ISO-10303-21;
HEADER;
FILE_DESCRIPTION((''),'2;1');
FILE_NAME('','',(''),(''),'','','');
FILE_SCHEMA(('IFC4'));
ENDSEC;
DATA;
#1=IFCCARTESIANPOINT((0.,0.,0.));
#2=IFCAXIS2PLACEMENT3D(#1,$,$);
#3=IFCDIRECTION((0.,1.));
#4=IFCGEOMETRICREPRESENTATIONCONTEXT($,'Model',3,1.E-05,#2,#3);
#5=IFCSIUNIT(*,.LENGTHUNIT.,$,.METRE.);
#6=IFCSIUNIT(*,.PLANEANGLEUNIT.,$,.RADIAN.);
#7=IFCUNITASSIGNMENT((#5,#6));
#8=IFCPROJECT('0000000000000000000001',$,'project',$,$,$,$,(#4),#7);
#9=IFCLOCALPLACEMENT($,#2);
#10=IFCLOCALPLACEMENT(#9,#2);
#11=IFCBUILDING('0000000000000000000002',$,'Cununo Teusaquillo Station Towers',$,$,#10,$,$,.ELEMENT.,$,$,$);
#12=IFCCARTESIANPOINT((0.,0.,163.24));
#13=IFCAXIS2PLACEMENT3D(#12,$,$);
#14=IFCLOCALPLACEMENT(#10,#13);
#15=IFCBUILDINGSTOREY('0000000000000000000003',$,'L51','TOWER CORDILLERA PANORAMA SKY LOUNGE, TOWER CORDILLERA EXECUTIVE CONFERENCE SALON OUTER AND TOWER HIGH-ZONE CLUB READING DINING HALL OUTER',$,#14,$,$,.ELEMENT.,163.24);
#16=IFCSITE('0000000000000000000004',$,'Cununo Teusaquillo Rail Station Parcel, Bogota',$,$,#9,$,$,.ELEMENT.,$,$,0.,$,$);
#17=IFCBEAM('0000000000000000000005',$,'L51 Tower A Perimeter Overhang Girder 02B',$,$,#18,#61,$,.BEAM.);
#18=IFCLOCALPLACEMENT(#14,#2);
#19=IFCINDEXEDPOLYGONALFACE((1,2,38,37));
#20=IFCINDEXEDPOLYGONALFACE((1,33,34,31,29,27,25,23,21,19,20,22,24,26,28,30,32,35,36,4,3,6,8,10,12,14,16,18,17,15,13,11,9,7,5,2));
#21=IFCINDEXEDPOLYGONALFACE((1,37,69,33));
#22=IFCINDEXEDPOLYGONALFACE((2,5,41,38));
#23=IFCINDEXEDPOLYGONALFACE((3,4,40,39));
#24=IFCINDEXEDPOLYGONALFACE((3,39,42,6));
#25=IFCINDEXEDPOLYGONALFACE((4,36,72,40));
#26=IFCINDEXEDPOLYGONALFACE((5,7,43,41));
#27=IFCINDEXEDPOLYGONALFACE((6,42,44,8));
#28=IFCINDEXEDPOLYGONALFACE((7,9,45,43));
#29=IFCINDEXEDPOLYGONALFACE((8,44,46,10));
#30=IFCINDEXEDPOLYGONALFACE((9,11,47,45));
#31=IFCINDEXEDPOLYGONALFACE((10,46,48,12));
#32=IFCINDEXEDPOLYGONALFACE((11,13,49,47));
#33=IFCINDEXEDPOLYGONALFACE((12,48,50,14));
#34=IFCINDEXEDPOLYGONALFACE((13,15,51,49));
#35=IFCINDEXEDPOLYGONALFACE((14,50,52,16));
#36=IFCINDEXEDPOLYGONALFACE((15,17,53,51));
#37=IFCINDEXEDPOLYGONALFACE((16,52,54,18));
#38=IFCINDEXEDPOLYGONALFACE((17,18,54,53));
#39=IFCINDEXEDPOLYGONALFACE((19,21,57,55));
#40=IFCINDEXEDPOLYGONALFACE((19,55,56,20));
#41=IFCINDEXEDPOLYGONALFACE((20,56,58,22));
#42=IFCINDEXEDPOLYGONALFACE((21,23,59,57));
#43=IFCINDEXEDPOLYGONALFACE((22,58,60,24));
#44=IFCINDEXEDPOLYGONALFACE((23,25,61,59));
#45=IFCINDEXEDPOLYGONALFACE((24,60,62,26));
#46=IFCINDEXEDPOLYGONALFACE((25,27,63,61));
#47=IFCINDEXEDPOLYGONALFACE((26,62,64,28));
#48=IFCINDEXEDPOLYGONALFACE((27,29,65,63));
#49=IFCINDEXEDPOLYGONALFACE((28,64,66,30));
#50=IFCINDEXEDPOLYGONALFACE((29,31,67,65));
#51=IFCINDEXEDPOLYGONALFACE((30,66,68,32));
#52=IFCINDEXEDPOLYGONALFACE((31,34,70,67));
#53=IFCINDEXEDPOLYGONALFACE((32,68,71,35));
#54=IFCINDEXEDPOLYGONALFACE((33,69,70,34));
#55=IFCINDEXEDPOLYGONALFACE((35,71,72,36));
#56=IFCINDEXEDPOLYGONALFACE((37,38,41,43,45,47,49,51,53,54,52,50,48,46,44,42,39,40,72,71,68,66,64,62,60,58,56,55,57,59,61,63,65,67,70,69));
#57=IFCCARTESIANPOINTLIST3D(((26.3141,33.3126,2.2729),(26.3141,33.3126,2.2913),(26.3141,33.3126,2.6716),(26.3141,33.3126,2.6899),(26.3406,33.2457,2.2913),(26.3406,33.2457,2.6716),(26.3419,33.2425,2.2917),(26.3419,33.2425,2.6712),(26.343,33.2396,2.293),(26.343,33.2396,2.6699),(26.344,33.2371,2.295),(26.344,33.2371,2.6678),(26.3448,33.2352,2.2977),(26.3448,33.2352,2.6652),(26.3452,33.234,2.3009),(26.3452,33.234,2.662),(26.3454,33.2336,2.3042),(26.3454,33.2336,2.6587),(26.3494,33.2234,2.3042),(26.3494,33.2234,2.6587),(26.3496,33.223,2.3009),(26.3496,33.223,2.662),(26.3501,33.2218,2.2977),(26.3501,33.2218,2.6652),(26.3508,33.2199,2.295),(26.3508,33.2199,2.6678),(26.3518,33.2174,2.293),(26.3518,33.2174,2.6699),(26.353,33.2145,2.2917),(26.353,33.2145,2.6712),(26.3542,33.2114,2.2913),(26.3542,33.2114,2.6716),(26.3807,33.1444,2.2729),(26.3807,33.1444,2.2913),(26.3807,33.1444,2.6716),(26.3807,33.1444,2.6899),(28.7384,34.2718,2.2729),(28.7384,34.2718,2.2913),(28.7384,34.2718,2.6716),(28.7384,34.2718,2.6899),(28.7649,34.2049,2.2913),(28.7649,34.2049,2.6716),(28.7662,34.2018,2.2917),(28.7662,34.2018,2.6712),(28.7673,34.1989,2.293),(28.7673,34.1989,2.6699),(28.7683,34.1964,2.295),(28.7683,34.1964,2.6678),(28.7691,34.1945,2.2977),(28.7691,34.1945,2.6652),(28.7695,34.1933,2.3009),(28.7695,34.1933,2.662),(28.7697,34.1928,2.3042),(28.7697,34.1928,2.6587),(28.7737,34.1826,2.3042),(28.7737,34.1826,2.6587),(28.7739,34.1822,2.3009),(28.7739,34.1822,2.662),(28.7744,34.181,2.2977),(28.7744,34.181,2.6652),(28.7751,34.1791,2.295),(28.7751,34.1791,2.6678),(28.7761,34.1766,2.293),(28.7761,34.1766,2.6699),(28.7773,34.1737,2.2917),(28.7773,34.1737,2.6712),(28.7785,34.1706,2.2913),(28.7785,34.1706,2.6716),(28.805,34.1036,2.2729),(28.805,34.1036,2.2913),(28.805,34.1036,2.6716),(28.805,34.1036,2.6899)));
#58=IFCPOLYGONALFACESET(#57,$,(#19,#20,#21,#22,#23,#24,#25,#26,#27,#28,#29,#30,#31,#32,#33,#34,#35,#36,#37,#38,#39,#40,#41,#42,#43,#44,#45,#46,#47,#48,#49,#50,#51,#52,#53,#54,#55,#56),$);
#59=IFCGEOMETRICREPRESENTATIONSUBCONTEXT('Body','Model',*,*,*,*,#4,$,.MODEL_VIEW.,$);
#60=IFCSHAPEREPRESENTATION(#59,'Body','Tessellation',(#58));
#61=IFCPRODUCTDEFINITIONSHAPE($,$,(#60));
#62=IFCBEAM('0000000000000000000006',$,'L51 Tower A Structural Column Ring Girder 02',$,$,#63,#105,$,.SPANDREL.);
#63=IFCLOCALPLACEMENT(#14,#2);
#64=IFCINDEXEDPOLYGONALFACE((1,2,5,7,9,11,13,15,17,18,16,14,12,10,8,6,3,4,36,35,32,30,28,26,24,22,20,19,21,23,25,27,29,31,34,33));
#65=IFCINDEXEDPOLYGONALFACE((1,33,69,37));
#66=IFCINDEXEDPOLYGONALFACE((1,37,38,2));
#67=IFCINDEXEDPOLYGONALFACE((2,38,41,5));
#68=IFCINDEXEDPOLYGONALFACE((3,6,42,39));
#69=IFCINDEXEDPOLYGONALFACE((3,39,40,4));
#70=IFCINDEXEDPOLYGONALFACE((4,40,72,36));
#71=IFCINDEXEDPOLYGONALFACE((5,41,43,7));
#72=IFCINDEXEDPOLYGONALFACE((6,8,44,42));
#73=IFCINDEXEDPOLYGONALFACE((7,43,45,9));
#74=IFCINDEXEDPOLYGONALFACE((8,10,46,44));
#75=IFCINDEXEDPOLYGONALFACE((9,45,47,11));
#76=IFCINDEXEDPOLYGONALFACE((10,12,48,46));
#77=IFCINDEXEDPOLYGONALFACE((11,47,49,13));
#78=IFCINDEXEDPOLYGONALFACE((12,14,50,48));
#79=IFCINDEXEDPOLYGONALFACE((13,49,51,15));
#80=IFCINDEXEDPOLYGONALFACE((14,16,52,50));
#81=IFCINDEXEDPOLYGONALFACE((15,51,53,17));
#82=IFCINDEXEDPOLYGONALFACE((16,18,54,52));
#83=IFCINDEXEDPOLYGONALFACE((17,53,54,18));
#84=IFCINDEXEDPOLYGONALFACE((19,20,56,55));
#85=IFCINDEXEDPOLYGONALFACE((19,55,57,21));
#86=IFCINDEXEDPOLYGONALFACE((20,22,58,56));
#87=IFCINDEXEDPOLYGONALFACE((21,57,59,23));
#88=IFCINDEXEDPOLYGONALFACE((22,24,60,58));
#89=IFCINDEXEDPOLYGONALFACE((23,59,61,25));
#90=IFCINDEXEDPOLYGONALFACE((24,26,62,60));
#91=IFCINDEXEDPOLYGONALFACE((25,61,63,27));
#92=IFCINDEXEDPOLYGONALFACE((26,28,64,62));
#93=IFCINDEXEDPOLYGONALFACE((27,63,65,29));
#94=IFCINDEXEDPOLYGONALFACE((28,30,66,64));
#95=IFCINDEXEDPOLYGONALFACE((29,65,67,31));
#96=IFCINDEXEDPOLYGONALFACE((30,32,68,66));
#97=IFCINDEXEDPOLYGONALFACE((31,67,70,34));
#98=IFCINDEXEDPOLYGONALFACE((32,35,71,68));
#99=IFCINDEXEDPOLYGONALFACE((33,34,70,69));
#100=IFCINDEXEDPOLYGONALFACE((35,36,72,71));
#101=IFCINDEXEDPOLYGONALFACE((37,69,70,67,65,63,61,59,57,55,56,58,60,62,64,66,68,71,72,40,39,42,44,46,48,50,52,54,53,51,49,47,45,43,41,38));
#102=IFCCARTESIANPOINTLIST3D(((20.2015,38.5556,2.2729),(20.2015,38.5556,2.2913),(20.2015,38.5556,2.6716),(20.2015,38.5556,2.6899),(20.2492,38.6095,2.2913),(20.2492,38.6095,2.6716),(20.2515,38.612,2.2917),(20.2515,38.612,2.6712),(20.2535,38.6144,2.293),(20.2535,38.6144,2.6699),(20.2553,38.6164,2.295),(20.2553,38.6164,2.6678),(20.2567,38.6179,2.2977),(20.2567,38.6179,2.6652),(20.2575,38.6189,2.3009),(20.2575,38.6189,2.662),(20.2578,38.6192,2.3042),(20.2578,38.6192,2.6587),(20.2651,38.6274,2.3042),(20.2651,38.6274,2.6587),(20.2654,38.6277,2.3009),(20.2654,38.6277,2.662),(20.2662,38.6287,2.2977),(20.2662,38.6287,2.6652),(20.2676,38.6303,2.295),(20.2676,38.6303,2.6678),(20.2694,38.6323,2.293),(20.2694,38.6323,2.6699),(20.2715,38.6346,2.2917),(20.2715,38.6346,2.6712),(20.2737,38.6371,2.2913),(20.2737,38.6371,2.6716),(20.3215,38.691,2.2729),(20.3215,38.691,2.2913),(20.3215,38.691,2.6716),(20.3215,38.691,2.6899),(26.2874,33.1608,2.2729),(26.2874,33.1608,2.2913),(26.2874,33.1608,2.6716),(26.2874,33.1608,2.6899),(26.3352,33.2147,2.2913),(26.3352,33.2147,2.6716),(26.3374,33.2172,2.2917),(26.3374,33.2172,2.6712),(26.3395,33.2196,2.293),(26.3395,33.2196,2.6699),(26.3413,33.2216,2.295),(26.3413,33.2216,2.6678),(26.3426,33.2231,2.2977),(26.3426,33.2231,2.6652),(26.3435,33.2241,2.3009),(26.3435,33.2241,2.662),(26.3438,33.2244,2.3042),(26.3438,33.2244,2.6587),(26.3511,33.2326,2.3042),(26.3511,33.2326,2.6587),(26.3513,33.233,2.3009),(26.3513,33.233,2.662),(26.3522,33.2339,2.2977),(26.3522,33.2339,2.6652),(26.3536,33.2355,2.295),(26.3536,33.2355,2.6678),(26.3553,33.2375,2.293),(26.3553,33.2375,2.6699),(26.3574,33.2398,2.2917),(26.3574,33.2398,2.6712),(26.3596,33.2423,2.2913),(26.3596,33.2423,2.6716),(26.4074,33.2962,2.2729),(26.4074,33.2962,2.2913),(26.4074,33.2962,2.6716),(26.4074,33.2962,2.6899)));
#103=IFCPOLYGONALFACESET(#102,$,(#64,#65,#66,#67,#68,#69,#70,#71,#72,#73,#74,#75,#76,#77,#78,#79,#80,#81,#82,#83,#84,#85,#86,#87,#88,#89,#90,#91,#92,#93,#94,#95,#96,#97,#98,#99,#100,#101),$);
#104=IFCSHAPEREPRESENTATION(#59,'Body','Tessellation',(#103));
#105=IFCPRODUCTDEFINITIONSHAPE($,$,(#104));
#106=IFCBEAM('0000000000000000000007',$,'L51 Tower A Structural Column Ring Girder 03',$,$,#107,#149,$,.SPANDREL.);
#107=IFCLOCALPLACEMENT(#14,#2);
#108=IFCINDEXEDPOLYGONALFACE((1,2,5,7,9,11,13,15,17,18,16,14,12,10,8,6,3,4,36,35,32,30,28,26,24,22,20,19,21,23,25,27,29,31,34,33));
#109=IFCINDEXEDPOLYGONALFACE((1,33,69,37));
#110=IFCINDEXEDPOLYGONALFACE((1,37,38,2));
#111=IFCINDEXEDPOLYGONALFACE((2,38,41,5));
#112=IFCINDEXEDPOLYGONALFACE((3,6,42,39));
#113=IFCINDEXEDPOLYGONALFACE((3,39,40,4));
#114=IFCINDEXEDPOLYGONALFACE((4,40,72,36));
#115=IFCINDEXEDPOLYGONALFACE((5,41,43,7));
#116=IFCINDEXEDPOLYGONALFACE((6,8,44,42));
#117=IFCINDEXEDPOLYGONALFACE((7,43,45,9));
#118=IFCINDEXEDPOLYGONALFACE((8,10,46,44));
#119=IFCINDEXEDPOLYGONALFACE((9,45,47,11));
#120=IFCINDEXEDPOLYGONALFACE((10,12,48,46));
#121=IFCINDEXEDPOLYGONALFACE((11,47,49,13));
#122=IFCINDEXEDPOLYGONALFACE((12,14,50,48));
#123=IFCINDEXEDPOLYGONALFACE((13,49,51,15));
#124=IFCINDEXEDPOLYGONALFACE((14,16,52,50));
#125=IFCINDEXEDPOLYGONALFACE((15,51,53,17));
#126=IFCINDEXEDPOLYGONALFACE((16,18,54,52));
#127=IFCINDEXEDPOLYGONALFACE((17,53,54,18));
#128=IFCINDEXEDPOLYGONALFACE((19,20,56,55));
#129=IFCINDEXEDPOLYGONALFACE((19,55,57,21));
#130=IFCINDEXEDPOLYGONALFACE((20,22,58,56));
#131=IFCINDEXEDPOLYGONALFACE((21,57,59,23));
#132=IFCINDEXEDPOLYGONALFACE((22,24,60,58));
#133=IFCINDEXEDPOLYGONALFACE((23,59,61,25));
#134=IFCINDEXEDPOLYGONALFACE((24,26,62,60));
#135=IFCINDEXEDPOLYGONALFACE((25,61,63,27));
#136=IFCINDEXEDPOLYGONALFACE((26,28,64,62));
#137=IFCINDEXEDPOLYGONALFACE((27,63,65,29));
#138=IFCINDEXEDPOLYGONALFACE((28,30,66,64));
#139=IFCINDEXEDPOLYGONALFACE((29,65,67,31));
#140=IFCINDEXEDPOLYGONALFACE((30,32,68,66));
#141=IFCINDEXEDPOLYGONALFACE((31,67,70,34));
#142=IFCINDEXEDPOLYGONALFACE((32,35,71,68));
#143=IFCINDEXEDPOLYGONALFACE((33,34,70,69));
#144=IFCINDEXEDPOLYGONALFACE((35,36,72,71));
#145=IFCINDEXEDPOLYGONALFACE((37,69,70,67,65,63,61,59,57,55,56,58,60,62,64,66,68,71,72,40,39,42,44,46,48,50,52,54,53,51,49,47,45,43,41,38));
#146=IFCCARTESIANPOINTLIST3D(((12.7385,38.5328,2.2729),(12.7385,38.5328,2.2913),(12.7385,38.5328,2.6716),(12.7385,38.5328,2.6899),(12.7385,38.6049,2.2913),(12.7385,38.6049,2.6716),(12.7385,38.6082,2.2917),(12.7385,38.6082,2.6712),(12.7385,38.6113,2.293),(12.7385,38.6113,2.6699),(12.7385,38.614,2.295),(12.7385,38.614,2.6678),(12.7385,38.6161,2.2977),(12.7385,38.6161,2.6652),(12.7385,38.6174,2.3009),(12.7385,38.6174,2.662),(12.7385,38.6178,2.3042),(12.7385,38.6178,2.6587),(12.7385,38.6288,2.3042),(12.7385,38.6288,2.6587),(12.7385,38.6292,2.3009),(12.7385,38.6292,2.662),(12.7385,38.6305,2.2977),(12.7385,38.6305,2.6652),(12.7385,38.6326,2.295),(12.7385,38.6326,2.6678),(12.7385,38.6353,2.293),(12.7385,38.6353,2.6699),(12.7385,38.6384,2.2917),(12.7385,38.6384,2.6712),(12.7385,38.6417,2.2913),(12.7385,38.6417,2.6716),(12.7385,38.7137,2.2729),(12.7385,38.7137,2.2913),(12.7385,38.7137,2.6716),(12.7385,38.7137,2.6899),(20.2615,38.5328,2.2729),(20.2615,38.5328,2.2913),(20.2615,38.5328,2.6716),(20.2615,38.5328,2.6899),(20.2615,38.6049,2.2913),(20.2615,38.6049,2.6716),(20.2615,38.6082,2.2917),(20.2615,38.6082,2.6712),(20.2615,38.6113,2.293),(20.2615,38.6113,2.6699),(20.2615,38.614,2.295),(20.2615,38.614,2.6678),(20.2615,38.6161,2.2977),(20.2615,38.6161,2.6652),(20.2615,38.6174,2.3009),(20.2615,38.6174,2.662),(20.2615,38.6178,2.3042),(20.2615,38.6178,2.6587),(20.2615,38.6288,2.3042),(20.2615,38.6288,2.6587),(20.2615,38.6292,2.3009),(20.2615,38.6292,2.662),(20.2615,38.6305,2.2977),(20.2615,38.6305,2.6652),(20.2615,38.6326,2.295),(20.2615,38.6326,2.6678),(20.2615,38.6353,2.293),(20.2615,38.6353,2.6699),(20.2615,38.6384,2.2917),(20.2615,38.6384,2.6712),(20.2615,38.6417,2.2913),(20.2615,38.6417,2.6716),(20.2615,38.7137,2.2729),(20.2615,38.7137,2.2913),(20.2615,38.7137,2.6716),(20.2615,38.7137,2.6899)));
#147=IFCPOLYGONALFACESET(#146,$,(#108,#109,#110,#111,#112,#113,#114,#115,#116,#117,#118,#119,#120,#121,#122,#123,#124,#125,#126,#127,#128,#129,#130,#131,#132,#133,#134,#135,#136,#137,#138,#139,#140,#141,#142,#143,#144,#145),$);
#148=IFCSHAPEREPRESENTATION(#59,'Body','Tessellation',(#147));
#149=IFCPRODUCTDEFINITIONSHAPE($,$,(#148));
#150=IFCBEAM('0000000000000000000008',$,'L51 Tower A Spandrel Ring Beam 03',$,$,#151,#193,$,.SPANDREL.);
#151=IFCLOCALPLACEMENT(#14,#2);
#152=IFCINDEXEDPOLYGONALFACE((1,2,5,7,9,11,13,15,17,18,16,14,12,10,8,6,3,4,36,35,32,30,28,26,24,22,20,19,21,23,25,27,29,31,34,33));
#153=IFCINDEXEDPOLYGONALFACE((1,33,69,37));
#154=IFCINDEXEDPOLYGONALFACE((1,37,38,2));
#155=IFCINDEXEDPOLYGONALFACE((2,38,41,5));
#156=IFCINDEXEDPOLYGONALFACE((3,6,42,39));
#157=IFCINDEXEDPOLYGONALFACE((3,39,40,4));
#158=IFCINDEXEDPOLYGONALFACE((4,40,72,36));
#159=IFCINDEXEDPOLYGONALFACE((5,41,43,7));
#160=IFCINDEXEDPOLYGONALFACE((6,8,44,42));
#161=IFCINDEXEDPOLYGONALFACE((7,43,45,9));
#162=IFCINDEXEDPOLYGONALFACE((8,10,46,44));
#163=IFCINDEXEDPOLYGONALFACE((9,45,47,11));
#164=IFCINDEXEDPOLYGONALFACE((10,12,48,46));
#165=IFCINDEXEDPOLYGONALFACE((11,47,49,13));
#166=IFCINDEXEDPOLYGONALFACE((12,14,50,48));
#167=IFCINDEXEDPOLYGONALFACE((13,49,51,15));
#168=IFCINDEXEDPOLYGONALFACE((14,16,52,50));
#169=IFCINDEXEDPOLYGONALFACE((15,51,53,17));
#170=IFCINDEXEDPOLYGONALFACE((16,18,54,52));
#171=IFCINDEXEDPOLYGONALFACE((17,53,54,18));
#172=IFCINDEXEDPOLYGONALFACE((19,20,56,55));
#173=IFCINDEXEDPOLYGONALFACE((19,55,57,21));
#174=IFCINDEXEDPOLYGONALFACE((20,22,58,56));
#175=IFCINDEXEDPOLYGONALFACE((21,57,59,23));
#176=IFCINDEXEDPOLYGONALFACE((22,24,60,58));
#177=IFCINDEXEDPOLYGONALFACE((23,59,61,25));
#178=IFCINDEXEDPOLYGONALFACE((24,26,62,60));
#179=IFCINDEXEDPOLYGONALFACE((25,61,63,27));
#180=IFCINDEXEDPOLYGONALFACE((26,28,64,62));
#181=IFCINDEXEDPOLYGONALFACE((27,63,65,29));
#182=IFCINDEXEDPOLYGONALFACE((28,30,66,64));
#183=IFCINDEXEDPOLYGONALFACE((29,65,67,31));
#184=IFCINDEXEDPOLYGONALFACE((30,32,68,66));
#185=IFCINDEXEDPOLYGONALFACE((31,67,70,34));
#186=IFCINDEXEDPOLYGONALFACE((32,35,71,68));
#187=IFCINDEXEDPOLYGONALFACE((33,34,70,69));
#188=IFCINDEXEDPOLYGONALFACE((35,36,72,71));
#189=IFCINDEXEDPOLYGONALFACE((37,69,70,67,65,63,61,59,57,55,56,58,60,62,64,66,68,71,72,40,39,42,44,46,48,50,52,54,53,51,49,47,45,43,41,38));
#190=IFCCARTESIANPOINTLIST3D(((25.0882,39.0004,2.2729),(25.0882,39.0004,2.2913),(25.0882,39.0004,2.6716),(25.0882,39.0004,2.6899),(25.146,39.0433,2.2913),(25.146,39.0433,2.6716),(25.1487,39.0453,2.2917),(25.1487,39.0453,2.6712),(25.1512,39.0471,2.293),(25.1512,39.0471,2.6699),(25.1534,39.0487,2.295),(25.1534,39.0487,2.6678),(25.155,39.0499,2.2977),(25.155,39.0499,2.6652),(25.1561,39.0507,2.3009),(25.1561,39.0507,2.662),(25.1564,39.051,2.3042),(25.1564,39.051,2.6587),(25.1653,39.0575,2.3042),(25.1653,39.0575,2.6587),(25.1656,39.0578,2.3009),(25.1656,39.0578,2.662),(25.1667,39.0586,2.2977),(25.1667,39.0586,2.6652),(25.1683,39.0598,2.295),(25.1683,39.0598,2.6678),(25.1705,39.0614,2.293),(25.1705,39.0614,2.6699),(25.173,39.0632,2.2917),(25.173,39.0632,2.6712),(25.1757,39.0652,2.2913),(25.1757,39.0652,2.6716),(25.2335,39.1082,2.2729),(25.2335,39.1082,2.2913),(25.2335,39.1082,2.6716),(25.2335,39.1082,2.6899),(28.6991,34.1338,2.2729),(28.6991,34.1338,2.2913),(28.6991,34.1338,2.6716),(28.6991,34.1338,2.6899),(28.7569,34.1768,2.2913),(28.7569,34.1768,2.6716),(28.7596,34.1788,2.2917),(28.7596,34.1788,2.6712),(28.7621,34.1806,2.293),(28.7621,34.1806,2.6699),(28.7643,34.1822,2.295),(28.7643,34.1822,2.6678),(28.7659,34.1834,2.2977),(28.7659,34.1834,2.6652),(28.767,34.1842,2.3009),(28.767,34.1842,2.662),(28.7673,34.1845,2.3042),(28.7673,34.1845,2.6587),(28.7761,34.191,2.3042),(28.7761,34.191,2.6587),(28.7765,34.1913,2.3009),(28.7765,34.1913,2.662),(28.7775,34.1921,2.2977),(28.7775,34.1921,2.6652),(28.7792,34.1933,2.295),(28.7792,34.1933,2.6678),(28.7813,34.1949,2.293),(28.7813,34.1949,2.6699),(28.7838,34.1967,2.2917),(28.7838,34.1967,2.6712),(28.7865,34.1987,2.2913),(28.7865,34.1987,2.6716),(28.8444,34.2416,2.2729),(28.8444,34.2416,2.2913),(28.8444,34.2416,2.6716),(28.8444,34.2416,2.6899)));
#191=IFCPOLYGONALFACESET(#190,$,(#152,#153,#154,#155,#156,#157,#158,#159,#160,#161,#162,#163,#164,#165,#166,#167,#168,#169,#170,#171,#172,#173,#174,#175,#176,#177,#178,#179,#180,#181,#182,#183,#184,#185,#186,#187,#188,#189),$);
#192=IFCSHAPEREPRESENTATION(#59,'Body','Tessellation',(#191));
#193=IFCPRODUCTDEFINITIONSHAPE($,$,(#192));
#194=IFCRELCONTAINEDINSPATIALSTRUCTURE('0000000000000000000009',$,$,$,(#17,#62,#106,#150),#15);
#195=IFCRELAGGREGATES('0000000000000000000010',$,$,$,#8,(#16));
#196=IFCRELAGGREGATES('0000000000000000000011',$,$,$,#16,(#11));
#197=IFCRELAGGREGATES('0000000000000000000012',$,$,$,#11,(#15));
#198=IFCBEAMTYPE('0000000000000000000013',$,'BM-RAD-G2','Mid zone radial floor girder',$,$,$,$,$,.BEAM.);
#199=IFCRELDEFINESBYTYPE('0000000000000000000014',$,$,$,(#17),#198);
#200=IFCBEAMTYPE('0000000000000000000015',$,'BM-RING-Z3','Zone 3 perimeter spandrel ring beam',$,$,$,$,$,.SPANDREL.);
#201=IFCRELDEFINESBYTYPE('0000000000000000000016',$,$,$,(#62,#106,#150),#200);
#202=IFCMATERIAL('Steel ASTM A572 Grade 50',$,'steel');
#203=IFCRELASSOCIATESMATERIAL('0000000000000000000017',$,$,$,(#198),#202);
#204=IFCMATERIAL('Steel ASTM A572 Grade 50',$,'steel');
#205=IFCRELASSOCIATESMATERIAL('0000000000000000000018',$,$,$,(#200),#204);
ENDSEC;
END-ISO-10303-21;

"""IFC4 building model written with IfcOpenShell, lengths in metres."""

from ifc_helpers import new_model, si_unit, direction, frame, origin, origin_2d, place, context, subcontext, project, spatial, i_section, extrude, material, material_profile, profile_set, type_object, element, save


model = new_model("IFC4")

# Units and contexts
model_context = context("Model", 3, precision=1e-05, world=origin(), true_north=direction((0.0, 1.0)))
body_context = subcontext(model_context, "Body", "Model", "MODEL_VIEW")
ifc_project = project(units=[si_unit("LENGTHUNIT", "METRE"), si_unit("PLANEANGLEUNIT", "RADIAN")], contexts=[model_context])

# Site, building, storey
site_placement = place(None, origin())
site = spatial("IfcSite", under=ifc_project, at=site_placement, Name="Cununo Teusaquillo Rail Station Parcel, Bogota", CompositionType="ELEMENT", RefElevation=0.0)
building_placement = place(site_placement, origin())
building = spatial("IfcBuilding", under=site, at=building_placement, Name="Cununo Teusaquillo Station Towers", CompositionType="ELEMENT")
storey_placement = place(building_placement, frame((0.0, 0.0, 163.24)))
storey = spatial("IfcBuildingStorey", under=building, at=storey_placement, Name="L51", Description="TOWER CORDILLERA PANORAMA SKY LOUNGE, TOWER CORDILLERA EXECUTIVE CONFERENCE SALON OUTER AND TOWER HIGH-ZONE CLUB READING DINING HALL OUTER", CompositionType="ELEMENT", Elevation=163.24)

# Beams
ifc_material_1 = material(Name="Steel ASTM A572 Grade 50", Category="steel")
ifc_material_profile_1 = material_profile(ifc_material_1, i_section(OverallWidth=0.1809, OverallDepth=0.417, WebThickness=0.011, FlangeThickness=0.0183, FilletRadius=0.0129, at=origin_2d()), Name="W16X57")
ifc_profile_set_1 = profile_set([ifc_material_profile_1], Name="Steel ASTM A572 Grade 50")
beam_type_1 = type_object("IfcBeamType", Name="BM-RAD-G2", Description="Mid zone radial floor girder", PredefinedType="BEAM", material=ifc_profile_set_1)
beam_1_placement = place(storey_placement, frame((26.3474, 33.2285, 2.4814), z_axis=(0.929859, 0.367917, 0.0), x_axis=(-0.367917, 0.929859, 0.0)))
element("IfcBeam", 1, at=beam_1_placement, inside=storey, type_object=beam_type_1, Name="L51 Tower A Perimeter Overhang Girder 02B", PredefinedType="BEAM", context=body_context, shape_type="SweptSolid", body=[
    extrude(i_section(OverallWidth=0.1809, OverallDepth=0.417, WebThickness=0.011, FlangeThickness=0.0183, FilletRadius=0.0129, at=origin_2d()), origin(), (0.0, 0.0, 1.0), 2.6072),
])
ifc_material_2 = material(Name="Steel ASTM A572 Grade 50", Category="steel")
ifc_material_profile_2 = material_profile(ifc_material_2, i_section(OverallWidth=0.1809, OverallDepth=0.417, WebThickness=0.011, FlangeThickness=0.0183, FilletRadius=0.0129, at=origin_2d()), Name="W16X57")
ifc_profile_set_2 = profile_set([ifc_material_profile_2], Name="Steel ASTM A572 Grade 50")
beam_type_2 = type_object("IfcBeamType", Name="BM-RING-Z3", Description="Zone 3 perimeter spandrel ring beam", PredefinedType="SPANDREL", material=ifc_profile_set_2)
beam_2_placement = place(storey_placement, frame((26.3474, 33.2285, 2.4814), z_axis=(-0.748321, 0.663337, 0.0), x_axis=(-0.663337, -0.748321, 0.0)))
element("IfcBeam", 2, at=beam_2_placement, inside=storey, type_object=beam_type_2, Name="L51 Tower A Structural Column Ring Girder 02", PredefinedType="SPANDREL", context=body_context, shape_type="SweptSolid", body=[
    extrude(i_section(OverallWidth=0.1809, OverallDepth=0.417, WebThickness=0.011, FlangeThickness=0.0183, FilletRadius=0.0129, at=origin_2d()), origin(), (0.0, 0.0, 1.0), 8.1328),
])
beam_3_placement = place(storey_placement, frame((20.2615, 38.6233, 2.4814), z_axis=(-1.0, 0.0, 0.0), x_axis=(0.0, -1.0, 0.0)))
element("IfcBeam", 3, at=beam_3_placement, inside=storey, type_object=beam_type_2, Name="L51 Tower A Structural Column Ring Girder 03", PredefinedType="SPANDREL", context=body_context, shape_type="SweptSolid", body=[
    extrude(i_section(OverallWidth=0.1809, OverallDepth=0.417, WebThickness=0.011, FlangeThickness=0.0183, FilletRadius=0.0129, at=origin_2d()), origin(), (0.0, 0.0, 1.0), 7.5229),
])
beam_4_placement = place(storey_placement, frame((28.7717, 34.1877, 2.4814), z_axis=(-0.595873, 0.803079, 0.0), x_axis=(-0.803079, -0.595873, 0.0)))
element("IfcBeam", 4, at=beam_4_placement, inside=storey, type_object=beam_type_2, Name="L51 Tower A Spandrel Ring Beam 03", PredefinedType="SPANDREL", context=body_context, shape_type="SweptSolid", body=[
    extrude(i_section(OverallWidth=0.1809, OverallDepth=0.417, WebThickness=0.011, FlangeThickness=0.0183, FilletRadius=0.0129, at=origin_2d()), origin(), (0.0, 0.0, 1.0), 6.0598),
])

save(model, "model.ifc")
